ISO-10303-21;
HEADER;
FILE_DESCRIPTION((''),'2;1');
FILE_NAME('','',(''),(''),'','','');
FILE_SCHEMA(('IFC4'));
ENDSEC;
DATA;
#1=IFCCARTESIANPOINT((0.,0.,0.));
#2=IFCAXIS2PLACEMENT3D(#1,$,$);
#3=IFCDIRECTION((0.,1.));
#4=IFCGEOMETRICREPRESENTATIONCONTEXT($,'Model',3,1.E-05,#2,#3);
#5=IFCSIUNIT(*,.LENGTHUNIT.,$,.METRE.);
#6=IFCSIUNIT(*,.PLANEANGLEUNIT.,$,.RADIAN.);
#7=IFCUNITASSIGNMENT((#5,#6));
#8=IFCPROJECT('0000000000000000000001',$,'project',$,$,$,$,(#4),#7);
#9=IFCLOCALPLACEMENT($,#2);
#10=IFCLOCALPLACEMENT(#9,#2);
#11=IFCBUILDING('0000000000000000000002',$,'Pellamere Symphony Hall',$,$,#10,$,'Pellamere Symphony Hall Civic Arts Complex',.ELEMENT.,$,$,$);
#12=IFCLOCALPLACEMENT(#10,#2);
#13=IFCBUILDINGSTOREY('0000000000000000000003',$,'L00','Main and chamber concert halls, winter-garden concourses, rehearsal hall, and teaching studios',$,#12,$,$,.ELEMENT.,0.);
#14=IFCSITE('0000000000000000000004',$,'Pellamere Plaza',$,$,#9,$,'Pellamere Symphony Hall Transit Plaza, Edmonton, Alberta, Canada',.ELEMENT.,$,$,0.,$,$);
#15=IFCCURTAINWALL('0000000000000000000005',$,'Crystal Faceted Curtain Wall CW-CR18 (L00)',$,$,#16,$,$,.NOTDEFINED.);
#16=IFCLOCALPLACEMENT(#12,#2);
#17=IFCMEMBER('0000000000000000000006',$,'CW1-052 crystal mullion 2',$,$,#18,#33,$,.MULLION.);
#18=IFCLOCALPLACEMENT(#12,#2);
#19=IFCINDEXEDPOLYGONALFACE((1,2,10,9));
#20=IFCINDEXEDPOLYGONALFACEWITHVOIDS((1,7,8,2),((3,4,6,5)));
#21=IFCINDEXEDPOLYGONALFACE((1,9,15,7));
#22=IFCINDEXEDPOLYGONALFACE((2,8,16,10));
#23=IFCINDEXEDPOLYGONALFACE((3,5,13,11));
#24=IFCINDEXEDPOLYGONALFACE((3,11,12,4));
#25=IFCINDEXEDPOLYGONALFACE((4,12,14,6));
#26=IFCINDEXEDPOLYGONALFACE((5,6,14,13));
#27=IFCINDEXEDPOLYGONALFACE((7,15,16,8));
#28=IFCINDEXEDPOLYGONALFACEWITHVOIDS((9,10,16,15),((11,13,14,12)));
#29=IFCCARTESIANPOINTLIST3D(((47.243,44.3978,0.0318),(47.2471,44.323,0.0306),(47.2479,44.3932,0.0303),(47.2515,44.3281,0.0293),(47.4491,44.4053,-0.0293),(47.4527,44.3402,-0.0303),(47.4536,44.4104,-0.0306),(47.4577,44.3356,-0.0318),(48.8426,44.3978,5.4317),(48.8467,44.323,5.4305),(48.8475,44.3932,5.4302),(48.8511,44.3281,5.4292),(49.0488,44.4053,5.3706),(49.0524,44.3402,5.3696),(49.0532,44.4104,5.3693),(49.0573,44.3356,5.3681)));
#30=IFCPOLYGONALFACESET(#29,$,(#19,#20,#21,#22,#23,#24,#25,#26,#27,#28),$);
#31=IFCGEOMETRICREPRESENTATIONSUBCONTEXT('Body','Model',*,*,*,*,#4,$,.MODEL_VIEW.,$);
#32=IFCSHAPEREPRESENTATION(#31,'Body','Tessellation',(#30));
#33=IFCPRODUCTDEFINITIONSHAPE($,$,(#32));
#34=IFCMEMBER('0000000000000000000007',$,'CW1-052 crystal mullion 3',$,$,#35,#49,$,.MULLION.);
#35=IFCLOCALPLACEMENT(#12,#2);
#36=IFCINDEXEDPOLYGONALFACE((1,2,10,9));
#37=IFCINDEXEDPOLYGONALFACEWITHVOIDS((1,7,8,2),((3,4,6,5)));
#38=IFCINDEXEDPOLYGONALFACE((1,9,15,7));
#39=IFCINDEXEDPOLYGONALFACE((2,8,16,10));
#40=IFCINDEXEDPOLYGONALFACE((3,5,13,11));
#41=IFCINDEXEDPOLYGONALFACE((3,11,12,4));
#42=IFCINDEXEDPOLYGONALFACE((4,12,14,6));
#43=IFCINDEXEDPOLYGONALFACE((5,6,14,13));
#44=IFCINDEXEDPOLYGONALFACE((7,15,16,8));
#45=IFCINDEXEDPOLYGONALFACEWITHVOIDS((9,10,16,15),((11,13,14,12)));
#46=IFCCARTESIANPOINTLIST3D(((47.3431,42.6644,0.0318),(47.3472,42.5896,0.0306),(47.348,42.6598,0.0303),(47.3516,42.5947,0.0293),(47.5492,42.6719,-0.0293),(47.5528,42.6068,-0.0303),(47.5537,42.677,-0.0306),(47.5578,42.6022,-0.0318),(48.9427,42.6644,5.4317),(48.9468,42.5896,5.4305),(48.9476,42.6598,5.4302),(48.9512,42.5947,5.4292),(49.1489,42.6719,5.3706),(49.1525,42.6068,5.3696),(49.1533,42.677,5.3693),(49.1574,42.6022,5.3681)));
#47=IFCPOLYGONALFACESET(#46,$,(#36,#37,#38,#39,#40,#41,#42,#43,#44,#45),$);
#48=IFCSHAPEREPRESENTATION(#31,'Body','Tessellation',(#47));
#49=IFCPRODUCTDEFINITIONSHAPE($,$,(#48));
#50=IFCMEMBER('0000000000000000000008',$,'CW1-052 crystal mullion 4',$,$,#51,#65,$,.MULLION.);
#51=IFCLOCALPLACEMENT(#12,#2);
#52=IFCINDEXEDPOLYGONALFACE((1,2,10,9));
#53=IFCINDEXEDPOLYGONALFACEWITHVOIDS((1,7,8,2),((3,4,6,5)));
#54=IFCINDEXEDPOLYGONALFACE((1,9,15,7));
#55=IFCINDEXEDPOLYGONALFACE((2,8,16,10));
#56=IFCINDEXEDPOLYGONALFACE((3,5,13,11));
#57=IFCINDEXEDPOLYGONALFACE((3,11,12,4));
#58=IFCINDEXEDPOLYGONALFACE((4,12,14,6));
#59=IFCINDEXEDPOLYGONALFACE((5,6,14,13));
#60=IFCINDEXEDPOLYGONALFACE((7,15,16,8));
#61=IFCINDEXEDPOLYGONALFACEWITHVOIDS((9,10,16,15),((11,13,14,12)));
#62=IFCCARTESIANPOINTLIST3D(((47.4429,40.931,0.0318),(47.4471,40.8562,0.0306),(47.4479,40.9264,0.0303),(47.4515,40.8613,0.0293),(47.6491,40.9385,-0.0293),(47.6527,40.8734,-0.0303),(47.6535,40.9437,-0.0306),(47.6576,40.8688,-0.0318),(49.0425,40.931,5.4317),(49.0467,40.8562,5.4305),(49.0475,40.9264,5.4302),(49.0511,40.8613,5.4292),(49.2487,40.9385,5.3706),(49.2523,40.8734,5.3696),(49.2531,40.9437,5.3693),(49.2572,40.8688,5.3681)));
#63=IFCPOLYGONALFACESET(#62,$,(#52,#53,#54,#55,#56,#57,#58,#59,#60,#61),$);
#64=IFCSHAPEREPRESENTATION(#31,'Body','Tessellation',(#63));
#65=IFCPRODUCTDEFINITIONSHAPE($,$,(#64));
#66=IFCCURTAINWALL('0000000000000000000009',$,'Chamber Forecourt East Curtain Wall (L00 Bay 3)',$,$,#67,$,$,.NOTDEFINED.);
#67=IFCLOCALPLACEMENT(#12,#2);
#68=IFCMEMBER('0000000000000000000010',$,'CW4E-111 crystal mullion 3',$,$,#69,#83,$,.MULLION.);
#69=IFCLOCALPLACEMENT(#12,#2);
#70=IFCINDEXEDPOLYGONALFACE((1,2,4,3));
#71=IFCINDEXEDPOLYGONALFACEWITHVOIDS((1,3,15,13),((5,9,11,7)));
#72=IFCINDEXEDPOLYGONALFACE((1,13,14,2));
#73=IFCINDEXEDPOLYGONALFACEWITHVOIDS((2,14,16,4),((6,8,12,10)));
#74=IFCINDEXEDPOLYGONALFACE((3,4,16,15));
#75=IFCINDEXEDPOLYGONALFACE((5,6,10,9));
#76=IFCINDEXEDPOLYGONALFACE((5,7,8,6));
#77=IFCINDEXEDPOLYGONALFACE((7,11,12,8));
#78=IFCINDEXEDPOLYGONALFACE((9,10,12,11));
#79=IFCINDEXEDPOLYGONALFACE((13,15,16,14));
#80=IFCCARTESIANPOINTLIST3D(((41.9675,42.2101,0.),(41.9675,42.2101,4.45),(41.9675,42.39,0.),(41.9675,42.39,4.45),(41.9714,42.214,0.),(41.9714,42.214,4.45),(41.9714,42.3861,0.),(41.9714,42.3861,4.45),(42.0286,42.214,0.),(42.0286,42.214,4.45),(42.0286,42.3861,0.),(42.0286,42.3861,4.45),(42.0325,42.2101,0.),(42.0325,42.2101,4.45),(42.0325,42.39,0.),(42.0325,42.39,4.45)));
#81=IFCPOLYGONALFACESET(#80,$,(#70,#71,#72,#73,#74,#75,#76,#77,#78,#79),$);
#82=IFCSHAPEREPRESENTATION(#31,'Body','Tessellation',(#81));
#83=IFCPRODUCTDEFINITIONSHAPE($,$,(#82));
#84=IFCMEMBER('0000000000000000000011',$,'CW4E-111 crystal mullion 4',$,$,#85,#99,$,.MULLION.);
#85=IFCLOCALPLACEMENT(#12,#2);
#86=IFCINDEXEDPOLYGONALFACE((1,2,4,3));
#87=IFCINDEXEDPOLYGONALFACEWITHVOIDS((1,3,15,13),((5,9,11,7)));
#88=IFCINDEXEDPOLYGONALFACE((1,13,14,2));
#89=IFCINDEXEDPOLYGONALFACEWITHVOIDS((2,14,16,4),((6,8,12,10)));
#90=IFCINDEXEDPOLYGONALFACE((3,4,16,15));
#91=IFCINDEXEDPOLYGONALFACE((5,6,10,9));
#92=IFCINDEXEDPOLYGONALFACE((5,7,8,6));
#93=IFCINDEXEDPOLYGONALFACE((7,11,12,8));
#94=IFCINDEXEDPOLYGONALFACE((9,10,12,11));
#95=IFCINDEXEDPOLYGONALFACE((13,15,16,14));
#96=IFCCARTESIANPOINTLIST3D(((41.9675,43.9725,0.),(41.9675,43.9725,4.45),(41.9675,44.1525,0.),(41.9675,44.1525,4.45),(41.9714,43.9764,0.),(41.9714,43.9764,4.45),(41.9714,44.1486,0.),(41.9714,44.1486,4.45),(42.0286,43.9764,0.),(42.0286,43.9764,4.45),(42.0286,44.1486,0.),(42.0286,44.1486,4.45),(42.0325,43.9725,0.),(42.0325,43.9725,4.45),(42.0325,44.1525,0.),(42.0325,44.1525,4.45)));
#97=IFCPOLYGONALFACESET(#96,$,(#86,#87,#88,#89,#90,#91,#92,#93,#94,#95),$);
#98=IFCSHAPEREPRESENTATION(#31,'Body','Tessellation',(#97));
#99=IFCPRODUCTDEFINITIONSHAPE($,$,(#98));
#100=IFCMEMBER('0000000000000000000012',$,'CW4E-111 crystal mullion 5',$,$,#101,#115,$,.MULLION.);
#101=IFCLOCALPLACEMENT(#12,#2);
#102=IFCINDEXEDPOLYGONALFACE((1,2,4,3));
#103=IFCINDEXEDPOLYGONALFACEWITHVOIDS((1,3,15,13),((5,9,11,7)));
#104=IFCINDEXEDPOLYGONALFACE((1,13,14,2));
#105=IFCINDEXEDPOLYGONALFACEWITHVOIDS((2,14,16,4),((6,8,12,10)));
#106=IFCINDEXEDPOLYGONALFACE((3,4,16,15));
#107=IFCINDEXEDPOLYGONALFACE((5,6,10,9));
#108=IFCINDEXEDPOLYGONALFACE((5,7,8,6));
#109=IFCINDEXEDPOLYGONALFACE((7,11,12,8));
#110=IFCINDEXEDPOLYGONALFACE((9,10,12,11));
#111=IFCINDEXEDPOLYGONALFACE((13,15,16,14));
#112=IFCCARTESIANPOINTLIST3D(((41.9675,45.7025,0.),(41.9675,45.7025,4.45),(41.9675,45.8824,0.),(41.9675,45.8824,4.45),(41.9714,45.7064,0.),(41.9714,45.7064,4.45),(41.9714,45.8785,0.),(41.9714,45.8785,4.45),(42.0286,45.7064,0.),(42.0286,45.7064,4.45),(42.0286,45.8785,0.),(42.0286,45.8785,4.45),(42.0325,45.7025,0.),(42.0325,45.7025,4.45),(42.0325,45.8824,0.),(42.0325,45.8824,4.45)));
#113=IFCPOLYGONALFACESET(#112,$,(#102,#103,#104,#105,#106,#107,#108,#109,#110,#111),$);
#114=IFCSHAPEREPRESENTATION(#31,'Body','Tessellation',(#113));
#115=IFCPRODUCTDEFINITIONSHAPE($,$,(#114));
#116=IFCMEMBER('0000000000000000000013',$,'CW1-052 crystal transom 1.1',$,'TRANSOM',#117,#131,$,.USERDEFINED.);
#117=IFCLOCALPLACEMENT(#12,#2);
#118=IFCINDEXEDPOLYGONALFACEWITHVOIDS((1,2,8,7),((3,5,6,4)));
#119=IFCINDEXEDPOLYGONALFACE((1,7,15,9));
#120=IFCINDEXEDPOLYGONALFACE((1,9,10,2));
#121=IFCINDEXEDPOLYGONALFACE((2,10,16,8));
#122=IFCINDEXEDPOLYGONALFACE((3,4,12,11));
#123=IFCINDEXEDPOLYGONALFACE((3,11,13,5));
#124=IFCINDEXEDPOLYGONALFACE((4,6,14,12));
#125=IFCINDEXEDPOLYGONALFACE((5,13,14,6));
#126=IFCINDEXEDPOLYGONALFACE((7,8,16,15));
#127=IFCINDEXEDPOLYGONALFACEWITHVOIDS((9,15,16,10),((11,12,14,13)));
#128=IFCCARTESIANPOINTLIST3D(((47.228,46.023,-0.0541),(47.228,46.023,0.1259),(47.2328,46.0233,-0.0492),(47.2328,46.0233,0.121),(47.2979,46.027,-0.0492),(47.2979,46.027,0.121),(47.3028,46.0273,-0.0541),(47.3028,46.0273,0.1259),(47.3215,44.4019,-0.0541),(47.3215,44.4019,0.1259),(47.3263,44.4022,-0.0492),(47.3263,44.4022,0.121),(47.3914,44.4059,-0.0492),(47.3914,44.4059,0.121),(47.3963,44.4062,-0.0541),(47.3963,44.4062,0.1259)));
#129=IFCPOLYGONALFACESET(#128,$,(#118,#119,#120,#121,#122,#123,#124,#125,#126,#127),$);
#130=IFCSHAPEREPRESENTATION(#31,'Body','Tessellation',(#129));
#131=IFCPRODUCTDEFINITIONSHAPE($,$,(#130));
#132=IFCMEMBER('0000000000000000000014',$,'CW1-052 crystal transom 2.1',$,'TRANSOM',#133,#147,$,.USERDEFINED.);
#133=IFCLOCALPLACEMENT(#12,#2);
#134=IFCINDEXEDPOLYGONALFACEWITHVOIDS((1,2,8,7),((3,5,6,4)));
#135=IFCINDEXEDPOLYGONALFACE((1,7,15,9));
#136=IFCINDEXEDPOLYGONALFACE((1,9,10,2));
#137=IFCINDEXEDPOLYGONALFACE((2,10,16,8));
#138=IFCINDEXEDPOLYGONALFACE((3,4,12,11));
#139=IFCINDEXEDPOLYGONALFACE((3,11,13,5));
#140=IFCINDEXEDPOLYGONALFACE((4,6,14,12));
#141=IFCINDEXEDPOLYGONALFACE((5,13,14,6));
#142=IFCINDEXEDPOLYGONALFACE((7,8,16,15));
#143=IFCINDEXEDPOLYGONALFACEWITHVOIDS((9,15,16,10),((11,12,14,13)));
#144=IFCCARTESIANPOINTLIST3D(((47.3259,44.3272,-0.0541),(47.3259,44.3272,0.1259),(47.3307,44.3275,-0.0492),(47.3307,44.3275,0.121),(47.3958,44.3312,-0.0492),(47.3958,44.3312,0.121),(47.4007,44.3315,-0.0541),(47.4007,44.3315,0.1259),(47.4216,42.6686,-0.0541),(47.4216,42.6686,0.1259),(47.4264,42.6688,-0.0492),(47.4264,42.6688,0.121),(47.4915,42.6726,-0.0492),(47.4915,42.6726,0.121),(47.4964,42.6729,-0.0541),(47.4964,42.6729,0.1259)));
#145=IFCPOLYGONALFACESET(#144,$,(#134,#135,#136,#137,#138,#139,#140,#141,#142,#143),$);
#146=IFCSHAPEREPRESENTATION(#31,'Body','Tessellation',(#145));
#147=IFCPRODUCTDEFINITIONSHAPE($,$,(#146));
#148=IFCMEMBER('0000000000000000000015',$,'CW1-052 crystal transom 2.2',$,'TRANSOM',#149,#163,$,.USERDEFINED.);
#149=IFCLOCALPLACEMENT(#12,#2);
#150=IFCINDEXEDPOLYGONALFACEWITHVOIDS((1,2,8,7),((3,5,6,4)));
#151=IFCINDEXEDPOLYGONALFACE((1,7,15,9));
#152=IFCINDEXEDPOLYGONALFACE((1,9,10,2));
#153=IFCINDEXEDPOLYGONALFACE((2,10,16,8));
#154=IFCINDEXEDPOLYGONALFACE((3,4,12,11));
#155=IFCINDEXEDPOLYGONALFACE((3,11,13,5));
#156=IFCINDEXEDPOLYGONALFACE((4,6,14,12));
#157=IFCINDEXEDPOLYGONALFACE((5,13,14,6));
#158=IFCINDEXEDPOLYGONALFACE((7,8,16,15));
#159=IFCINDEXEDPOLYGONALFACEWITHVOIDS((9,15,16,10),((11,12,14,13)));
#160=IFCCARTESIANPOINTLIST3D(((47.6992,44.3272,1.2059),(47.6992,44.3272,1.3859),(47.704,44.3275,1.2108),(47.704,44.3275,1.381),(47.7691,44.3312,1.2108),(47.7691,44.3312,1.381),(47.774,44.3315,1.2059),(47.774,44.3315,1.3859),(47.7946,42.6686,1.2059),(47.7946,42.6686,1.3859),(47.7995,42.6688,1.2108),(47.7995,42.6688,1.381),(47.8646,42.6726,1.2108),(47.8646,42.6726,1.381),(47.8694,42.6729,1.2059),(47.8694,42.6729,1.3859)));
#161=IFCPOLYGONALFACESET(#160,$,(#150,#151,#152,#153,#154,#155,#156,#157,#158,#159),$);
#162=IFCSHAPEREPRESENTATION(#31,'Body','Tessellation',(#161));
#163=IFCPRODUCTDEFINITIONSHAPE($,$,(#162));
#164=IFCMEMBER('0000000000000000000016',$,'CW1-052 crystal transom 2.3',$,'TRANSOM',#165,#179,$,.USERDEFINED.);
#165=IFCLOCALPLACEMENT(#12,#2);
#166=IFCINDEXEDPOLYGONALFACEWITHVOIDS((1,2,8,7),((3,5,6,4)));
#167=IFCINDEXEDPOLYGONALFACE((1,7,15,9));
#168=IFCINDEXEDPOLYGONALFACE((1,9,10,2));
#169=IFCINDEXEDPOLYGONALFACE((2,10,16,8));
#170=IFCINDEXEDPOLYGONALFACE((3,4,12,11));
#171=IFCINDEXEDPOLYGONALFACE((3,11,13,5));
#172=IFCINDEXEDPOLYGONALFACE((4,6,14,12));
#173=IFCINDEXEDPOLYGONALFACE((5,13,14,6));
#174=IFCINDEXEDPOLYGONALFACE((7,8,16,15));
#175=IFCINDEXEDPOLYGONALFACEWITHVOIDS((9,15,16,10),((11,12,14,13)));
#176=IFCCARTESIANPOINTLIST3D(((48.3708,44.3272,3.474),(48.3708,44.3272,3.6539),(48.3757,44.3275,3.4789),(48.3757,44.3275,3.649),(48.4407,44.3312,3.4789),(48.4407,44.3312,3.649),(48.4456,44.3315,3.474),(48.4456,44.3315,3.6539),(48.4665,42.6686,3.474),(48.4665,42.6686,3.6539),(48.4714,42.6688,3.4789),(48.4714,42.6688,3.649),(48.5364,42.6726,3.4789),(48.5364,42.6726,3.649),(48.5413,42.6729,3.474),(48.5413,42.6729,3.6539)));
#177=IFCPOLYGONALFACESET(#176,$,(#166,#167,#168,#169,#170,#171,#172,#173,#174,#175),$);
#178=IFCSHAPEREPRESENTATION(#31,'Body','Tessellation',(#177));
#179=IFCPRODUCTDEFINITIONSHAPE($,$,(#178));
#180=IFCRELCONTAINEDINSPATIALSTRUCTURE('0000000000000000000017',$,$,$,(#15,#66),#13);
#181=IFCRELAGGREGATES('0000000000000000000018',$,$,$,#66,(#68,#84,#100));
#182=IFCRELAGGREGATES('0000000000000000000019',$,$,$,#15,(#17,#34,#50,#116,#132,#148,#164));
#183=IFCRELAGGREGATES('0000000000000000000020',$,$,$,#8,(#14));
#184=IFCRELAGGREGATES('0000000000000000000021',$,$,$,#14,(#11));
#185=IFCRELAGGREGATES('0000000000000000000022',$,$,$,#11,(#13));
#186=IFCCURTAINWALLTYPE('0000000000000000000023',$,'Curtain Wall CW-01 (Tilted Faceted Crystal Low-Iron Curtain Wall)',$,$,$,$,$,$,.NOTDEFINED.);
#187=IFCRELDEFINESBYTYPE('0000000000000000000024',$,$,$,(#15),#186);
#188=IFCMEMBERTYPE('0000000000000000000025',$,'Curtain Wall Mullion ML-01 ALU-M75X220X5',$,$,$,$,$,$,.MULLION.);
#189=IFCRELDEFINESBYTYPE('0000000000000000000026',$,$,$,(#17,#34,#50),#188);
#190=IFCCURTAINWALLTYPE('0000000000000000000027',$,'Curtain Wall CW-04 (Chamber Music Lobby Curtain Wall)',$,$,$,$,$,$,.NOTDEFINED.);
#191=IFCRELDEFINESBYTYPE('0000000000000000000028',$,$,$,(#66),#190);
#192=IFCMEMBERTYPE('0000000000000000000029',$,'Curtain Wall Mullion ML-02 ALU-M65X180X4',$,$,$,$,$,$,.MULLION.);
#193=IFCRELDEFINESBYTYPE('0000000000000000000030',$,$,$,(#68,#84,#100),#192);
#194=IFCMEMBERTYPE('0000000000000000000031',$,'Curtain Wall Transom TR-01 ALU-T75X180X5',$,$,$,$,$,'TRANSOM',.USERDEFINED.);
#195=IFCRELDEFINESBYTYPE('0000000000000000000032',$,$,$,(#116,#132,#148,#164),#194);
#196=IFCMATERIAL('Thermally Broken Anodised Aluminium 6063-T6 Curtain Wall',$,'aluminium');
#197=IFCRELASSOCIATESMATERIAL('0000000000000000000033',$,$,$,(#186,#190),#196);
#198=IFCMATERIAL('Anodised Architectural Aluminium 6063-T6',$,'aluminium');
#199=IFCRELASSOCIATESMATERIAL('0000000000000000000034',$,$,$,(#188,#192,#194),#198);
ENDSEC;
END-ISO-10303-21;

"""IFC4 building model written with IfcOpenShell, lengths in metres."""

from ifc_helpers import new_model, si_unit, direction, frame, origin, origin_2d, place, context, subcontext, project, spatial, hollow_rectangle, extrude, material, material_profile, profile_set, type_object, element, aggregate, save


model = new_model("IFC4")

# Units and contexts
model_context = context("Model", 3, precision=1e-05, world=origin(), true_north=direction((0.0, 1.0)))
body_context = subcontext(model_context, "Body", "Model", "MODEL_VIEW")
ifc_project = project(units=[si_unit("LENGTHUNIT", "METRE"), si_unit("PLANEANGLEUNIT", "RADIAN")], contexts=[model_context])

# Site, building, storey
site_placement = place(None, origin())
site = spatial("IfcSite", under=ifc_project, at=site_placement, Name="Pellamere Plaza", LongName="Pellamere Symphony Hall Transit Plaza, Edmonton, Alberta, Canada", CompositionType="ELEMENT", RefElevation=0.0)
building_placement = place(site_placement, origin())
building = spatial("IfcBuilding", under=site, at=building_placement, Name="Pellamere Symphony Hall", LongName="Pellamere Symphony Hall Civic Arts Complex", CompositionType="ELEMENT")
storey_placement = place(building_placement, origin())
storey = spatial("IfcBuildingStorey", under=building, at=storey_placement, Name="L00", Description="Main and chamber concert halls, winter-garden concourses, rehearsal hall, and teaching studios", CompositionType="ELEMENT", Elevation=0.0)

# Curtain walls, members
ifc_material_1 = material(Name="Thermally Broken Anodised Aluminium 6063-T6 Curtain Wall", Category="aluminium")
curtain_wall_type_1 = type_object("IfcCurtainWallType", Name="Curtain Wall CW-01 (Tilted Faceted Crystal Low-Iron Curtain Wall)", PredefinedType="NOTDEFINED", material=ifc_material_1)
curtain_wall_1_placement = place(storey_placement, origin())
curtain_wall_1 = element("IfcCurtainWall", 1, at=curtain_wall_1_placement, inside=storey, type_object=curtain_wall_type_1, Name="Crystal Faceted Curtain Wall CW-CR18 (L00)", PredefinedType="NOTDEFINED")
ifc_material_2 = material(Name="Anodised Architectural Aluminium 6063-T6", Category="aluminium")
ifc_material_profile_1 = material_profile(ifc_material_2, hollow_rectangle(XDim=0.075, YDim=0.22, WallThickness=0.0049, at=origin_2d()), Name="ALU-M75X220X5")
ifc_profile_set_1 = profile_set([ifc_material_profile_1], Name="Anodised Architectural Aluminium 6063-T6")
member_type_1 = type_object("IfcMemberType", Name="Curtain Wall Mullion ML-01 ALU-M75X220X5", PredefinedType="MULLION", material=ifc_profile_set_1)
member_1_placement = place(storey_placement, frame((47.3503, 44.3667, 0.0), z_axis=(0.284029, 0.0, 0.958816), x_axis=(-0.055224, 0.99834, 0.016359)))
member_1 = element("IfcMember", 2, at=member_1_placement, type_object=member_type_1, Name="CW1-052 crystal mullion 2", PredefinedType="MULLION", context=body_context, shape_type="SweptSolid", body=[
    extrude(hollow_rectangle(XDim=0.075, YDim=0.22, WallThickness=0.0049, at=origin_2d()), origin(), (0.0, 0.0, 1.0), 5.6318),
])
member_2_placement = place(storey_placement, frame((47.4504, 42.6333, 0.0), z_axis=(0.284029, 0.0, 0.958816), x_axis=(-0.055224, 0.99834, 0.016359)))
member_2 = element("IfcMember", 3, at=member_2_placement, type_object=member_type_1, Name="CW1-052 crystal mullion 3", PredefinedType="MULLION", context=body_context, shape_type="SweptSolid", body=[
    extrude(hollow_rectangle(XDim=0.075, YDim=0.22, WallThickness=0.0049, at=origin_2d()), origin(), (0.0, 0.0, 1.0), 5.6318),
])
member_3_placement = place(storey_placement, frame((47.5503, 40.8999, 0.0), z_axis=(0.284029, 0.0, 0.958816), x_axis=(-0.055224, 0.99834, 0.016359)))
member_3 = element("IfcMember", 4, at=member_3_placement, type_object=member_type_1, Name="CW1-052 crystal mullion 4", PredefinedType="MULLION", context=body_context, shape_type="SweptSolid", body=[
    extrude(hollow_rectangle(XDim=0.075, YDim=0.22, WallThickness=0.0049, at=origin_2d()), origin(), (0.0, 0.0, 1.0), 5.6318),
])
curtain_wall_type_2 = type_object("IfcCurtainWallType", Name="Curtain Wall CW-04 (Chamber Music Lobby Curtain Wall)", PredefinedType="NOTDEFINED", material=ifc_material_1)
curtain_wall_2_placement = place(storey_placement, origin())
curtain_wall_2 = element("IfcCurtainWall", 5, at=curtain_wall_2_placement, inside=storey, type_object=curtain_wall_type_2, Name="Chamber Forecourt East Curtain Wall (L00 Bay 3)", PredefinedType="NOTDEFINED")
ifc_material_profile_2 = material_profile(ifc_material_2, hollow_rectangle(XDim=0.0649, YDim=0.1799, WallThickness=0.0039, at=origin_2d()), Name="ALU-M65X180X4")
ifc_profile_set_2 = profile_set([ifc_material_profile_2], Name="Anodised Architectural Aluminium 6063-T6")
member_type_2 = type_object("IfcMemberType", Name="Curtain Wall Mullion ML-02 ALU-M65X180X4", PredefinedType="MULLION", material=ifc_profile_set_2)
member_4_placement = place(storey_placement, frame((42.0, 42.3, 0.0), z_axis=(0.0, 0.0, 1.0), x_axis=(-1.0, 0.0, 0.0)))
member_4 = element("IfcMember", 6, at=member_4_placement, type_object=member_type_2, Name="CW4E-111 crystal mullion 3", PredefinedType="MULLION", context=body_context, shape_type="SweptSolid", body=[
    extrude(hollow_rectangle(XDim=0.0649, YDim=0.1799, WallThickness=0.0039, at=origin_2d()), origin(), (0.0, 0.0, 1.0), 4.45),
])
member_5_placement = place(storey_placement, frame((42.0, 44.0625, 0.0), z_axis=(0.0, 0.0, 1.0), x_axis=(-1.0, 0.0, 0.0)))
member_5 = element("IfcMember", 7, at=member_5_placement, type_object=member_type_2, Name="CW4E-111 crystal mullion 4", PredefinedType="MULLION", context=body_context, shape_type="SweptSolid", body=[
    extrude(hollow_rectangle(XDim=0.0649, YDim=0.1799, WallThickness=0.0039, at=origin_2d()), origin(), (0.0, 0.0, 1.0), 4.45),
])
member_6_placement = place(storey_placement, frame((42.0, 45.7925, 0.0), z_axis=(0.0, 0.0, 1.0), x_axis=(-1.0, 0.0, 0.0)))
member_6 = element("IfcMember", 8, at=member_6_placement, type_object=member_type_2, Name="CW4E-111 crystal mullion 5", PredefinedType="MULLION", context=body_context, shape_type="SweptSolid", body=[
    extrude(hollow_rectangle(XDim=0.0649, YDim=0.1799, WallThickness=0.0039, at=origin_2d()), origin(), (0.0, 0.0, 1.0), 4.45),
])

# Members
ifc_material_profile_3 = material_profile(ifc_material_2, hollow_rectangle(XDim=0.075, YDim=0.1799, WallThickness=0.0049, at=origin_2d()), Name="ALU-T75X180X5")
ifc_profile_set_3 = profile_set([ifc_material_profile_3], Name="Anodised Architectural Aluminium 6063-T6")
member_type_3 = type_object("IfcMemberType", Name="Curtain Wall Transom TR-01 ALU-T75X180X5", ElementType="TRANSOM", PredefinedType="USERDEFINED", material=ifc_profile_set_3)
member_7_placement = place(storey_placement, frame((47.2654, 46.0251, 0.0359), z_axis=(0.057585, -0.998341, 0.0), x_axis=(0.998341, 0.057585, 0.0)))
member_7 = element("IfcMember", 9, at=member_7_placement, type_object=member_type_3, Name="CW1-052 crystal transom 1.1", ObjectType="TRANSOM", PredefinedType="USERDEFINED", context=body_context, shape_type="SweptSolid", body=[
    extrude(hollow_rectangle(XDim=0.075, YDim=0.1799, WallThickness=0.0049, at=origin_2d()), origin(), (0.0, 0.0, 1.0), 1.6238),
])
member_8_placement = place(storey_placement, frame((47.3633, 44.3293, 0.0359), z_axis=(0.057602, -0.99834, 0.0), x_axis=(0.99834, 0.057602, 0.0)))
member_8 = element("IfcMember", 10, at=member_8_placement, type_object=member_type_3, Name="CW1-052 crystal transom 2.1", ObjectType="TRANSOM", PredefinedType="USERDEFINED", context=body_context, shape_type="SweptSolid", body=[
    extrude(hollow_rectangle(XDim=0.075, YDim=0.1799, WallThickness=0.0049, at=origin_2d()), origin(), (0.0, 0.0, 1.0), 1.6614),
])
member_9_placement = place(storey_placement, frame((47.7366, 44.3293, 1.2959), z_axis=(0.057456, -0.998348, 0.0), x_axis=(0.998348, 0.057456, 0.0)))
member_9 = element("IfcMember", 11, at=member_9_placement, type_object=member_type_3, Name="CW1-052 crystal transom 2.2", ObjectType="TRANSOM", PredefinedType="USERDEFINED", context=body_context, shape_type="SweptSolid", body=[
    extrude(hollow_rectangle(XDim=0.075, YDim=0.1799, WallThickness=0.0049, at=origin_2d()), origin(), (0.0, 0.0, 1.0), 1.6614),
])
member_10_placement = place(storey_placement, frame((48.4082, 44.3293, 3.564), z_axis=(0.057602, -0.99834, 0.0), x_axis=(0.99834, 0.057602, 0.0)))
member_10 = element("IfcMember", 12, at=member_10_placement, type_object=member_type_3, Name="CW1-052 crystal transom 2.3", ObjectType="TRANSOM", PredefinedType="USERDEFINED", context=body_context, shape_type="SweptSolid", body=[
    extrude(hollow_rectangle(XDim=0.075, YDim=0.1799, WallThickness=0.0049, at=origin_2d()), origin(), (0.0, 0.0, 1.0), 1.6614),
])

aggregate(curtain_wall_2, [member_4, member_5, member_6])
aggregate(curtain_wall_1, [member_1, member_2, member_3, member_7, member_8, member_9, member_10])

save(model, "model.ifc")
